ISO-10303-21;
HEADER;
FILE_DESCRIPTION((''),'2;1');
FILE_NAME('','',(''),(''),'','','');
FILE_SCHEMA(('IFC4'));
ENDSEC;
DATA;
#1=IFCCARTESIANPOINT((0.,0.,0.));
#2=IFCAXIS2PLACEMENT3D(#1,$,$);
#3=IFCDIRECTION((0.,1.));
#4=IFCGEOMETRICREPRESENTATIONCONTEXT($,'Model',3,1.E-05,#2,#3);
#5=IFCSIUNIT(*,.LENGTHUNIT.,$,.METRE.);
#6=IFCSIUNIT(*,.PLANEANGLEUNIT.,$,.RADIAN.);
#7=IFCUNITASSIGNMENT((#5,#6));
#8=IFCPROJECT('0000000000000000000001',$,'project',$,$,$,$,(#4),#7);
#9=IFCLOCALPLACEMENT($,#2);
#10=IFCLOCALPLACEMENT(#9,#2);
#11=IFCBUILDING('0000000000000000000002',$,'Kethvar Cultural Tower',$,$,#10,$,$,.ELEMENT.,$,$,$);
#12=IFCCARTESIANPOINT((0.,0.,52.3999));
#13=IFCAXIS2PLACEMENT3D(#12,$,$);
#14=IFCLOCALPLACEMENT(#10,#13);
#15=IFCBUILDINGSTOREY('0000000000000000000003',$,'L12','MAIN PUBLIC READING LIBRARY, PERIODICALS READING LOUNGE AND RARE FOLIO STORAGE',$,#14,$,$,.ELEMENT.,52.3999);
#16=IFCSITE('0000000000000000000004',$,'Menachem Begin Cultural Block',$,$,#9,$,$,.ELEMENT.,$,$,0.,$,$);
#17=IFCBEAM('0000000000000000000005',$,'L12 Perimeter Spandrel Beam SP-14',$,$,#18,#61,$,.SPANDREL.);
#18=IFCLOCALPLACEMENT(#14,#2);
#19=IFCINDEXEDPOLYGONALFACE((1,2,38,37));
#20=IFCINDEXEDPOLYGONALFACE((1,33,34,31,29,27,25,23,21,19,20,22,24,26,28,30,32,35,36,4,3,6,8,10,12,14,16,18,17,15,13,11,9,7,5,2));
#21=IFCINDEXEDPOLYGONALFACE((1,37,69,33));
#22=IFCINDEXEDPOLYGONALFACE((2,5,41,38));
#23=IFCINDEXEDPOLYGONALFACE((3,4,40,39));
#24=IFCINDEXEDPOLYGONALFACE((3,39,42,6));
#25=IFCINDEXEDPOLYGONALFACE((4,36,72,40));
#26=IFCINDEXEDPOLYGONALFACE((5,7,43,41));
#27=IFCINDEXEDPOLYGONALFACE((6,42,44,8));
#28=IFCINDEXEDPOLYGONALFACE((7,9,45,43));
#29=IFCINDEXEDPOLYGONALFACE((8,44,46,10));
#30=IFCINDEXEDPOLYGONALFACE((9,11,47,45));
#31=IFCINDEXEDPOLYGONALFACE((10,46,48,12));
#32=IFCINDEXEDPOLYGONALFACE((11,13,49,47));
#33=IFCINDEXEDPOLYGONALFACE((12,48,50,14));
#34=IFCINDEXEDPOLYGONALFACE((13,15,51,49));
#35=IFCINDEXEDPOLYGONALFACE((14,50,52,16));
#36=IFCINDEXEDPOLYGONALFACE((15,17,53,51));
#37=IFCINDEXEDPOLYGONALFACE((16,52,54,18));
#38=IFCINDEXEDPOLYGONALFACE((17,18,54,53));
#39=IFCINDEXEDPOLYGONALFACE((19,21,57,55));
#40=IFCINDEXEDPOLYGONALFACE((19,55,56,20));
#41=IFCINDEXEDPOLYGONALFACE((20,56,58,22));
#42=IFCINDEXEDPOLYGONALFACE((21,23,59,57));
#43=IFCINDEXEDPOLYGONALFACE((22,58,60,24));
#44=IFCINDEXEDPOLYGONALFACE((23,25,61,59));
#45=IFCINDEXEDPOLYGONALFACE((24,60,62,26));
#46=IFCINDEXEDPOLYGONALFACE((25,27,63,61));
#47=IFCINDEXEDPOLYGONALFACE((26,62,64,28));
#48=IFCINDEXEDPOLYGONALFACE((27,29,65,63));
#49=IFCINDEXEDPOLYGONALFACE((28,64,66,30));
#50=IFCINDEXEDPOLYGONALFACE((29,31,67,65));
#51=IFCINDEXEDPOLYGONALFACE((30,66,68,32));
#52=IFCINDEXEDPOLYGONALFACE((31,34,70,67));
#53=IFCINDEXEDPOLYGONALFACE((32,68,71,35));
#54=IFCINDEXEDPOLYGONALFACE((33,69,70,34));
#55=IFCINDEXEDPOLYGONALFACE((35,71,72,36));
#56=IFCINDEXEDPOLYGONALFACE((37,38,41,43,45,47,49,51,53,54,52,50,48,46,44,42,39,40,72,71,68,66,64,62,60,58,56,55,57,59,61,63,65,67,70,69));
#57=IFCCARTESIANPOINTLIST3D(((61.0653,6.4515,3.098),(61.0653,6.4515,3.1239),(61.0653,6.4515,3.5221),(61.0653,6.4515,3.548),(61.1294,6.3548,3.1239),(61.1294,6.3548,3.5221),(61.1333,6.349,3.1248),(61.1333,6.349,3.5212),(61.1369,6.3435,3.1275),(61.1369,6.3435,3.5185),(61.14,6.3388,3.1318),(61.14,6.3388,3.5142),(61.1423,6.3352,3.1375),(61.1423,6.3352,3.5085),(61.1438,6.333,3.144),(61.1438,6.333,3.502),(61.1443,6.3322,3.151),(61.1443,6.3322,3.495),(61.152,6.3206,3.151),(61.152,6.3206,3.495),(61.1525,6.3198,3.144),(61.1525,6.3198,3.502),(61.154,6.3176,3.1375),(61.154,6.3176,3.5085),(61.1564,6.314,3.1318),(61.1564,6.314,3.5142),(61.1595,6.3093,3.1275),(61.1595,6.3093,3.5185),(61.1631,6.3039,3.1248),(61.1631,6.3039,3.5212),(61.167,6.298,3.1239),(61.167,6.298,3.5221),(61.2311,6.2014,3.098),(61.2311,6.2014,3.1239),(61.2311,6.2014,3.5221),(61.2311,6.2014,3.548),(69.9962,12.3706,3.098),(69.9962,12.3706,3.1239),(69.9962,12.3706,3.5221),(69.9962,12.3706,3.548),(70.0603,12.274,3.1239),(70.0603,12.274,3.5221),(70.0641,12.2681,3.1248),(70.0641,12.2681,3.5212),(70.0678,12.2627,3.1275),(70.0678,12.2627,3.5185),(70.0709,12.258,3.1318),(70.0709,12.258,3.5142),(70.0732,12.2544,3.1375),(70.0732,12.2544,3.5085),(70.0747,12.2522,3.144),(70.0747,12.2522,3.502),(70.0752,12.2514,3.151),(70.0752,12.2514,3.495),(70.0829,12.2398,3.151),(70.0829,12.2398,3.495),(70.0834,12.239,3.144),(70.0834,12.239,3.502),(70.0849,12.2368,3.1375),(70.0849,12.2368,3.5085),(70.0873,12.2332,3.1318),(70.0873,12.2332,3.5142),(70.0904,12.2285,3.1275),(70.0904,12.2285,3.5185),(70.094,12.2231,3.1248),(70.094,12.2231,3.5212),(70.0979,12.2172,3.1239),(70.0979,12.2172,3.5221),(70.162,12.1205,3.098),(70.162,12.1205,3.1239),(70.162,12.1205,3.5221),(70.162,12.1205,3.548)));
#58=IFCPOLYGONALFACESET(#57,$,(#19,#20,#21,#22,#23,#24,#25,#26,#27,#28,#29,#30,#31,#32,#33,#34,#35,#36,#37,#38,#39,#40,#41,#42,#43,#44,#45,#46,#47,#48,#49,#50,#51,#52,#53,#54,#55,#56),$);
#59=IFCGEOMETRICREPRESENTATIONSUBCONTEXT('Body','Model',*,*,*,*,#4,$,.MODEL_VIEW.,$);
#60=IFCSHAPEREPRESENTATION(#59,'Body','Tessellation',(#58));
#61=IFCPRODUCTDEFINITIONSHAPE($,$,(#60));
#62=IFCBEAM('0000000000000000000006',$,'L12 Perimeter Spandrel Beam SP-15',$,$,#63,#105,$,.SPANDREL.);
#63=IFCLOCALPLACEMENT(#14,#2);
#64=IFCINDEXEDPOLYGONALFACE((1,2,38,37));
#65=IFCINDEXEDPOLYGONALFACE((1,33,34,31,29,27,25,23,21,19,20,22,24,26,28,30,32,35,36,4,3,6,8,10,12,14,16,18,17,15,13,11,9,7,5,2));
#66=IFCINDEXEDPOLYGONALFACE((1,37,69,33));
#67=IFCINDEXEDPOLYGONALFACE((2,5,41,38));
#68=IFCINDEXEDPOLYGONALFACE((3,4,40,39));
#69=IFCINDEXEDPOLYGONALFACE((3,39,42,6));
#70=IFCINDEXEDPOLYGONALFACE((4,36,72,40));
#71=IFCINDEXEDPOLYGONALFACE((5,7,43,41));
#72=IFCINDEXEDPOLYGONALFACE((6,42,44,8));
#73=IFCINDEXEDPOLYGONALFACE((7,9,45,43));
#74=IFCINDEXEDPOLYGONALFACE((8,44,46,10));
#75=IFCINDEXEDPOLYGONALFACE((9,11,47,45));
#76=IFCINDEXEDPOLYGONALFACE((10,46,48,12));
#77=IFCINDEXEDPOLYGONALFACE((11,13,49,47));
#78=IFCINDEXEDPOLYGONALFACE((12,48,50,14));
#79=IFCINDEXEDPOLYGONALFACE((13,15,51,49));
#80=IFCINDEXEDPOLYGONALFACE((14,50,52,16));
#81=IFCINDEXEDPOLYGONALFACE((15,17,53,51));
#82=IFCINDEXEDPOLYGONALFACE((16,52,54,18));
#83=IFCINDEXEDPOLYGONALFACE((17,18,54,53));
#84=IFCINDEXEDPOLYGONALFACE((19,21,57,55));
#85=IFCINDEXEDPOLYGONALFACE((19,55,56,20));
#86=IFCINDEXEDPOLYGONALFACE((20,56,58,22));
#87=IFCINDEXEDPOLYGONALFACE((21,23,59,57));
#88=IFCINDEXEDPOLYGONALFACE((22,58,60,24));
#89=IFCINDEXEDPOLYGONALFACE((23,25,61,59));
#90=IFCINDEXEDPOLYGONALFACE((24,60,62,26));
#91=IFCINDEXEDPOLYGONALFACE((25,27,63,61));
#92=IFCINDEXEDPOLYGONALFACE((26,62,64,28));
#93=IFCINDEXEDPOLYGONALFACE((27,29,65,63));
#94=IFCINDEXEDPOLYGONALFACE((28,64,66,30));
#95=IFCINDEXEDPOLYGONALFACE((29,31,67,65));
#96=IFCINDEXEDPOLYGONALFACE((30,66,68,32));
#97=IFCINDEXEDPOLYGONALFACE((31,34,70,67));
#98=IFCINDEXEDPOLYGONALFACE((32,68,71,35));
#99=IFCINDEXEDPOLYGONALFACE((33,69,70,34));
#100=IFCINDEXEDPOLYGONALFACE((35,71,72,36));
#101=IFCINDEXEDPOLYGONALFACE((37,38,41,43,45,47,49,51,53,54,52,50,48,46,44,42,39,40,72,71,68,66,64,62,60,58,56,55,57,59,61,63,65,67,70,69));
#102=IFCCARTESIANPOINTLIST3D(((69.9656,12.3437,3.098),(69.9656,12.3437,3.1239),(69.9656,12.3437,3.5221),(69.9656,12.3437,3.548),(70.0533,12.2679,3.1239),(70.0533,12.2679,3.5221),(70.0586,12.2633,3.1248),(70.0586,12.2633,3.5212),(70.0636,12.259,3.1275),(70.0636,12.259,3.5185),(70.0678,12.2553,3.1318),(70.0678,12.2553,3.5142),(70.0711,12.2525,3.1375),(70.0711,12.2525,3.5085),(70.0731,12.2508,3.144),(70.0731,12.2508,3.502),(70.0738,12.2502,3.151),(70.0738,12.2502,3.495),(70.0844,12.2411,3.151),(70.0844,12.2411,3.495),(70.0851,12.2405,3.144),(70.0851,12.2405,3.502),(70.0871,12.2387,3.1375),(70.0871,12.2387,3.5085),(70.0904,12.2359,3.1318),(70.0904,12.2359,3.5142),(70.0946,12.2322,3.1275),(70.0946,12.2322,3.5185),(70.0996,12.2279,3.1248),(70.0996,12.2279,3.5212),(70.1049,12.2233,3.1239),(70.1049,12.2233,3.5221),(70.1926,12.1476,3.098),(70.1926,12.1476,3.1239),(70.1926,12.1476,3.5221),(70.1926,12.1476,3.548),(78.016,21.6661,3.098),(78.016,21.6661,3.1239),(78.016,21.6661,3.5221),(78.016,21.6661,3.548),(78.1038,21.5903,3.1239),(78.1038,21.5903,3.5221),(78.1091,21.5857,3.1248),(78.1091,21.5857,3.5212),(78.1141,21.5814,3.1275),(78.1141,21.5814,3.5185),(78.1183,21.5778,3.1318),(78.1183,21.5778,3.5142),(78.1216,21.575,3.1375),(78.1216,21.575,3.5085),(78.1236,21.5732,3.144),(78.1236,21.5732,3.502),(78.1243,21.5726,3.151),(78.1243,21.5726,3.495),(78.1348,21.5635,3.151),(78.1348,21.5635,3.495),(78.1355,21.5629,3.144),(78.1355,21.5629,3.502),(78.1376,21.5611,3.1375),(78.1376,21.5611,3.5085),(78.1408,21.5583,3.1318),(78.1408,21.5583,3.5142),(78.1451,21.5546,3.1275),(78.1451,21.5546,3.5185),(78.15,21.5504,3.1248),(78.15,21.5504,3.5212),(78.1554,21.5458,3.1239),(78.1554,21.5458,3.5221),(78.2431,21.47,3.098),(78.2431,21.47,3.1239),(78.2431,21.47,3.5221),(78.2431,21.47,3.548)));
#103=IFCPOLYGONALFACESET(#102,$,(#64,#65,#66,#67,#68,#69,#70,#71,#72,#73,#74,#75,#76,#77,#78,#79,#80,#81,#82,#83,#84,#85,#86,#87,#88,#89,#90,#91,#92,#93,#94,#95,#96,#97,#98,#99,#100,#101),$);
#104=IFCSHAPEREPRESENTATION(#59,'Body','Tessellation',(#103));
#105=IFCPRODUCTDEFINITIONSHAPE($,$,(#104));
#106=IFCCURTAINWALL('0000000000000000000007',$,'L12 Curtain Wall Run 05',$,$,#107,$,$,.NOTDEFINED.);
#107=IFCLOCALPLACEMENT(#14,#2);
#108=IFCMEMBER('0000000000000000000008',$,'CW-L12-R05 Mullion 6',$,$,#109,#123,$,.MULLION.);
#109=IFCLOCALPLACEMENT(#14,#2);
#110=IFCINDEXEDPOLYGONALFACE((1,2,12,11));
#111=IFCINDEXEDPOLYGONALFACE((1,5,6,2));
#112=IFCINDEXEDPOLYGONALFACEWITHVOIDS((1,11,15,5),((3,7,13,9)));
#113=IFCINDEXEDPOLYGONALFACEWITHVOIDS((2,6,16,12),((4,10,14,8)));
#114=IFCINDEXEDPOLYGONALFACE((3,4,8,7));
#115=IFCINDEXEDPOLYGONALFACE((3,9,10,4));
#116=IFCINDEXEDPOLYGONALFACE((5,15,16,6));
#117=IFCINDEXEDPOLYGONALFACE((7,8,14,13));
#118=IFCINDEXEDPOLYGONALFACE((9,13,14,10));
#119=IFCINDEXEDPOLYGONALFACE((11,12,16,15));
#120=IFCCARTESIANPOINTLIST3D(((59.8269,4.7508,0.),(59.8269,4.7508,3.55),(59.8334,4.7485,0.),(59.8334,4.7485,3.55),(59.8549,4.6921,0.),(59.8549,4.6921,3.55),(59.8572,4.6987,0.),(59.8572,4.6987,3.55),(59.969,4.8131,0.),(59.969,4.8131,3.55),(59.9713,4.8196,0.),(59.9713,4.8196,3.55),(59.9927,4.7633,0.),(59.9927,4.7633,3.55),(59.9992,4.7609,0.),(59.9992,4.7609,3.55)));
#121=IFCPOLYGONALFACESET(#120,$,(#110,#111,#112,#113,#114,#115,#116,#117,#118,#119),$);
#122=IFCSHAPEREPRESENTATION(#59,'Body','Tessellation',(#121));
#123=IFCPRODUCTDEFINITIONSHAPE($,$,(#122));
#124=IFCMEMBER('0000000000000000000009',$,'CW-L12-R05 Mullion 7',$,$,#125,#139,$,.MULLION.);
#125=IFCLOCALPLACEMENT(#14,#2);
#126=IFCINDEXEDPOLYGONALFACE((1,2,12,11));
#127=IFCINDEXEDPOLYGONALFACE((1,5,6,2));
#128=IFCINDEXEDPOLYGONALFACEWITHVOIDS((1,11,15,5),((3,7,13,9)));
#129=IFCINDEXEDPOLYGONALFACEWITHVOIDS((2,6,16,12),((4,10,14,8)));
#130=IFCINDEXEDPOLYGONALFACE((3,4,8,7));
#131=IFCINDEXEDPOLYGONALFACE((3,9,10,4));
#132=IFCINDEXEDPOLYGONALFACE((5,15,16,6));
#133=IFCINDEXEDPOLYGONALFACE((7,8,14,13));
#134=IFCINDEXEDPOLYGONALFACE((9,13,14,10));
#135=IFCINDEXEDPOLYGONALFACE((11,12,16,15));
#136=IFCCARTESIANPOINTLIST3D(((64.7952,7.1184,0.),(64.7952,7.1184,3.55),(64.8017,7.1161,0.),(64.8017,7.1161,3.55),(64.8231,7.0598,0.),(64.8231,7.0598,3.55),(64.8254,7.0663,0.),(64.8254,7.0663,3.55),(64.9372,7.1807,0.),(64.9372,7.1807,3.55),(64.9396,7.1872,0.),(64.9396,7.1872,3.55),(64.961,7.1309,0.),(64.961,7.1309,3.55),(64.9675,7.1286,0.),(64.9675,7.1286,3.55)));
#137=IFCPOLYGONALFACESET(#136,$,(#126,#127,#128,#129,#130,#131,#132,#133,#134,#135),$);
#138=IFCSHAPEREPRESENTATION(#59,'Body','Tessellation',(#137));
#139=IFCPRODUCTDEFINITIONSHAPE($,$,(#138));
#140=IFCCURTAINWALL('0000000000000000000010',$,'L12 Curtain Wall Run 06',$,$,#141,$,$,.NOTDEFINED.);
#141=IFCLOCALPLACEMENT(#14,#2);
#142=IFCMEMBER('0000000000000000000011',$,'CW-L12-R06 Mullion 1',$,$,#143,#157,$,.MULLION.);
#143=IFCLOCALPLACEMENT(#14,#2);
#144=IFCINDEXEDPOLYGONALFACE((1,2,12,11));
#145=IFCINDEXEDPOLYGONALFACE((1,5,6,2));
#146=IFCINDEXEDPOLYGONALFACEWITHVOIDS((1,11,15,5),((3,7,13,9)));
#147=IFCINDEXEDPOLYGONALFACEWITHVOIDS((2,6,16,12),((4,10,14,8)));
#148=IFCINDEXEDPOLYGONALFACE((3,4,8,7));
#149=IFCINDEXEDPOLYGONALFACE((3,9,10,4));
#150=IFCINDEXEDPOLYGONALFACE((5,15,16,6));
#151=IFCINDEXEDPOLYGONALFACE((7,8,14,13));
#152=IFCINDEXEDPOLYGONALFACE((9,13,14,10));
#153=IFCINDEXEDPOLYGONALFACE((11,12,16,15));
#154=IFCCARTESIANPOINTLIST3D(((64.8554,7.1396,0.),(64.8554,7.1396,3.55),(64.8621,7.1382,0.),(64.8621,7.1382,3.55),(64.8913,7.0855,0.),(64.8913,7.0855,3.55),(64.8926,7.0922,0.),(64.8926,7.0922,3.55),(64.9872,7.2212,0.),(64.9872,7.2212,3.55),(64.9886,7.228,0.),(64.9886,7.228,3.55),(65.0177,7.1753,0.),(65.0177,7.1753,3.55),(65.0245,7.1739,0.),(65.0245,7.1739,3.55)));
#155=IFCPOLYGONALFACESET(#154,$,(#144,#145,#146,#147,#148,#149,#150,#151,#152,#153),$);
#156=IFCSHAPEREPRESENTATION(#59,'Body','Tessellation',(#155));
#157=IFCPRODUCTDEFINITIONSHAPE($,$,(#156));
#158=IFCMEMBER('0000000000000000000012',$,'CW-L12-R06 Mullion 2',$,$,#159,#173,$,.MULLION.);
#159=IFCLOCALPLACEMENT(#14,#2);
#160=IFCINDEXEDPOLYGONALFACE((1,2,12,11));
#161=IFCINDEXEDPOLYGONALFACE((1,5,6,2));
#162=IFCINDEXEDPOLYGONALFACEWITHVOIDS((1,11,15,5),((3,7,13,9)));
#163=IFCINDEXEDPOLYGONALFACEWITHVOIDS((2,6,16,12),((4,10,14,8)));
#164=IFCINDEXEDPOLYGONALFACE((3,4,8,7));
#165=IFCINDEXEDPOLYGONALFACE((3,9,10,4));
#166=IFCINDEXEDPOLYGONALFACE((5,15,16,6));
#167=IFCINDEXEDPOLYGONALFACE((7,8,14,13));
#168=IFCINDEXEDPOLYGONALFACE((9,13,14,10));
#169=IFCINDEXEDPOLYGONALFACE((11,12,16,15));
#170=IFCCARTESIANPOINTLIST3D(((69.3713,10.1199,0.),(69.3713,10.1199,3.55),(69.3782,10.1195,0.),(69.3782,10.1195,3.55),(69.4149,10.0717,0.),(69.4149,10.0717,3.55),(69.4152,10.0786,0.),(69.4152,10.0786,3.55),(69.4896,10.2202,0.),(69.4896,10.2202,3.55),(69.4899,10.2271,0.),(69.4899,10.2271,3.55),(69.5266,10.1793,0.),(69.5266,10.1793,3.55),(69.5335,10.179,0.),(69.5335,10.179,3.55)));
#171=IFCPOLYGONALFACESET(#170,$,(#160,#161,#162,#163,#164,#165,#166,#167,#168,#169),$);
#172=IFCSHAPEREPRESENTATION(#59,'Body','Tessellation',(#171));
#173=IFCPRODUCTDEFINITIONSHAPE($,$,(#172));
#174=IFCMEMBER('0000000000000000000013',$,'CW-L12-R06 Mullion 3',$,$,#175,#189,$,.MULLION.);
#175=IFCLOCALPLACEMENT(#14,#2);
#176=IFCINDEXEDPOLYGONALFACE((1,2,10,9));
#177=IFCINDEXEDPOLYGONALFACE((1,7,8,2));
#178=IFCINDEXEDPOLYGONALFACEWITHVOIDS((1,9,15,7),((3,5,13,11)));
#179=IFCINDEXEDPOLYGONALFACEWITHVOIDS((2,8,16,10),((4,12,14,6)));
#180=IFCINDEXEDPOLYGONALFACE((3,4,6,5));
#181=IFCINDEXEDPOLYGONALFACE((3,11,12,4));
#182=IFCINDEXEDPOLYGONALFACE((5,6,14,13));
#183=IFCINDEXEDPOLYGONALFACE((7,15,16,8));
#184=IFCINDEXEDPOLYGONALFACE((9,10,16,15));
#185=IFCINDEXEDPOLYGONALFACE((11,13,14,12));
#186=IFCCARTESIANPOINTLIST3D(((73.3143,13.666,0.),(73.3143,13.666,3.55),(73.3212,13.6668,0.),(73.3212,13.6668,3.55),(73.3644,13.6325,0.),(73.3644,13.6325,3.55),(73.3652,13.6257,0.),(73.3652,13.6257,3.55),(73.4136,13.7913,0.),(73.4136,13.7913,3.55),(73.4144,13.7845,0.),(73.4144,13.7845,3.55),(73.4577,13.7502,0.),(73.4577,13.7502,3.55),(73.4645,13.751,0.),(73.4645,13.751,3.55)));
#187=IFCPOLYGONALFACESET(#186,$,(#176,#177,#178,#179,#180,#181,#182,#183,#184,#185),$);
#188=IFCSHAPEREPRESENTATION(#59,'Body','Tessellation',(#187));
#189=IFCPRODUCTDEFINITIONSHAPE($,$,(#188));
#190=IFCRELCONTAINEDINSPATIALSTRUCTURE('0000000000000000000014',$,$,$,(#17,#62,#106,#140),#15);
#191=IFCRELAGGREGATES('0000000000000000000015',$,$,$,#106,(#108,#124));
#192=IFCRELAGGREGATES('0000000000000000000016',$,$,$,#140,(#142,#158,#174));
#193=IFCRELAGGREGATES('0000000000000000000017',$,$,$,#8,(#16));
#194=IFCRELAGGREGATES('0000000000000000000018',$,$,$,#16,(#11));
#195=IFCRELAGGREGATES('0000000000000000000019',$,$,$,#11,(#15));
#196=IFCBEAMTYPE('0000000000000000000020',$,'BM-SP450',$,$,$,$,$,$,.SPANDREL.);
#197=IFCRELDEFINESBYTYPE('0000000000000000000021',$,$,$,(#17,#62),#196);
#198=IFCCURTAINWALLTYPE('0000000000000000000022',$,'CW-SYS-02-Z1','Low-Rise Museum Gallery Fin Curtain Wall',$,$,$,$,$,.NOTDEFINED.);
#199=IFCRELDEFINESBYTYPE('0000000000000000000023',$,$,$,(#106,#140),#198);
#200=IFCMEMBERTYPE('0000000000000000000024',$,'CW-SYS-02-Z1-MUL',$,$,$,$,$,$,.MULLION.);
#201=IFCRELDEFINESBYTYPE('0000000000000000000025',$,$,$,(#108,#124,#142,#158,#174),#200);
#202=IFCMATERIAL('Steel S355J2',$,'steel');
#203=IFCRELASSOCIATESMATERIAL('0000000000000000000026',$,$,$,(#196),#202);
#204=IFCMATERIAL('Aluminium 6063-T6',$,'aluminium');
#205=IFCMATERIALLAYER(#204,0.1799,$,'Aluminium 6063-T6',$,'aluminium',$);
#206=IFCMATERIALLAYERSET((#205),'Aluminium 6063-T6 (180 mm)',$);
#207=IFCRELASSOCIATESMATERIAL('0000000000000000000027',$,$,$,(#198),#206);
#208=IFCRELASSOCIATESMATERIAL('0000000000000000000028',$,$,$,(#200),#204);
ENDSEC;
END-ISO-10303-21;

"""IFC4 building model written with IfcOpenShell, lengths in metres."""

from ifc_helpers import new_model, si_unit, direction, frame, origin, origin_2d, place, context, subcontext, project, spatial, hollow_rectangle, i_section, extrude, source, transform, mapped, material, layer, layer_set, material_profile, profile_set, type_object, element, aggregate, save


model = new_model("IFC4")

# Units and contexts
model_context = context("Model", 3, precision=1e-05, world=origin(), true_north=direction((0.0, 1.0)))
body_context = subcontext(model_context, "Body", "Model", "MODEL_VIEW")
ifc_project = project(units=[si_unit("LENGTHUNIT", "METRE"), si_unit("PLANEANGLEUNIT", "RADIAN")], contexts=[model_context])

# Site, building, storey
site_placement = place(None, origin())
site = spatial("IfcSite", under=ifc_project, at=site_placement, Name="Menachem Begin Cultural Block", CompositionType="ELEMENT", RefElevation=0.0)
building_placement = place(site_placement, origin())
building = spatial("IfcBuilding", under=site, at=building_placement, Name="Kethvar Cultural Tower", CompositionType="ELEMENT")
storey_placement = place(building_placement, frame((0.0, 0.0, 52.3999)))
storey = spatial("IfcBuildingStorey", under=building, at=storey_placement, Name="L12", Description="MAIN PUBLIC READING LIBRARY, PERIODICALS READING LOUNGE AND RARE FOLIO STORAGE", CompositionType="ELEMENT", Elevation=52.3999)

# Beams
ifc_material_1 = material(Name="Steel S355J2", Category="steel")
ifc_material_profile_1 = material_profile(ifc_material_1, i_section(OverallWidth=0.3, OverallDepth=0.45, WebThickness=0.0139, FlangeThickness=0.0259, FilletRadius=0.0271, at=origin_2d()), Name="Steel S355J2 — HEB450")
ifc_profile_set_1 = profile_set([ifc_material_profile_1], Name="Steel S355J2 — HEB450")
beam_type_1 = type_object("IfcBeamType", Name="BM-SP450", PredefinedType="SPANDREL", material=ifc_profile_set_1)
shared_shape_1 = source(origin(), body_context, "Body", "SweptSolid", [
    extrude(i_section(OverallWidth=0.3, OverallDepth=0.45, WebThickness=0.0139, FlangeThickness=0.0259, FilletRadius=0.0271, at=origin_2d()), origin(), (0.0, 0.0, 1.0), 10.7144),
])
beam_1_placement = place(storey_placement, frame((61.1482, 6.3264, 3.323), z_axis=(0.833544, 0.552453, 0.0), x_axis=(-0.552453, 0.833544, 0.0)))
element("IfcBeam", 1, at=beam_1_placement, inside=storey, type_object=beam_type_1, Name="L12 Perimeter Spandrel Beam SP-14", PredefinedType="SPANDREL", context=body_context, shape_type="MappedRepresentation", body=[
    mapped(shared_shape_1, transform((0.0, 0.0, 0.0), scale=1.0)),
])
shared_shape_2 = source(origin(), body_context, "Body", "SweptSolid", [
    extrude(i_section(OverallWidth=0.3, OverallDepth=0.45, WebThickness=0.0139, FlangeThickness=0.0259, FilletRadius=0.0271, at=origin_2d()), origin(), (0.0, 0.0, 1.0), 12.3174),
])
beam_2_placement = place(storey_placement, frame((70.0791, 12.2456, 3.323), z_axis=(0.653586, 0.756852, 0.0), x_axis=(-0.756852, 0.653586, 0.0)))
element("IfcBeam", 2, at=beam_2_placement, inside=storey, type_object=beam_type_1, Name="L12 Perimeter Spandrel Beam SP-15", PredefinedType="SPANDREL", context=body_context, shape_type="MappedRepresentation", body=[
    mapped(shared_shape_2, transform((0.0, 0.0, 0.0), scale=1.0)),
])

# Curtain walls, members
ifc_material_2 = material(Name="Aluminium 6063-T6", Category="aluminium")
ifc_layer_1 = layer(ifc_material_2, 0.1799, Name="Aluminium 6063-T6", Category="aluminium")
ifc_layer_set_1 = layer_set([ifc_layer_1], Name="Aluminium 6063-T6 (180 mm)")
curtain_wall_type = type_object("IfcCurtainWallType", Name="CW-SYS-02-Z1", Description="Low-Rise Museum Gallery Fin Curtain Wall", PredefinedType="NOTDEFINED", material=ifc_layer_set_1)
curtain_wall_1_placement = place(storey_placement, origin())
curtain_wall_1 = element("IfcCurtainWall", 3, at=curtain_wall_1_placement, inside=storey, type_object=curtain_wall_type, Name="L12 Curtain Wall Run 05", PredefinedType="NOTDEFINED")
ifc_material_profile_2 = material_profile(ifc_material_2, hollow_rectangle(XDim=0.0649, YDim=0.1599, WallThickness=0.0049, at=origin_2d()), Name="Aluminium 6063-T6 — RHS160x65x5")
ifc_profile_set_2 = profile_set([ifc_material_profile_2], Name="Aluminium 6063-T6 — RHS160x65x5")
member_type_1 = type_object("IfcMemberType", Name="CW-SYS-02-Z1-MUL", PredefinedType="MULLION", material=ifc_profile_set_2)
shared_shape_3 = source(origin(), body_context, "Body", "SweptSolid", [
    extrude(hollow_rectangle(XDim=0.0649, YDim=0.1599, WallThickness=0.0049, at=origin_2d()), origin(), (0.0, 0.0, 1.0), 3.55),
])
member_1_placement = place(storey_placement, frame((59.9131, 4.7559, 0.0), z_axis=(0.0, 0.0, 1.0), x_axis=(-0.430212, 0.902728, 0.0)))
member_1 = element("IfcMember", 4, at=member_1_placement, type_object=member_type_1, Name="CW-L12-R05 Mullion 6", PredefinedType="MULLION", context=body_context, shape_type="MappedRepresentation", body=[
    mapped(shared_shape_3, transform((0.0, 0.0, 0.0), scale=1.0)),
])
member_2_placement = place(storey_placement, frame((64.8813, 7.1235, 0.0), z_axis=(0.0, 0.0, 1.0), x_axis=(-0.430212, 0.902728, 0.0)))
member_2 = element("IfcMember", 5, at=member_2_placement, type_object=member_type_1, Name="CW-L12-R05 Mullion 7", PredefinedType="MULLION", context=body_context, shape_type="MappedRepresentation", body=[
    mapped(shared_shape_3, transform((0.0, 0.0, 0.0), scale=1.0)),
])
curtain_wall_2_placement = place(storey_placement, origin())
curtain_wall_2 = element("IfcCurtainWall", 6, at=curtain_wall_2_placement, inside=storey, type_object=curtain_wall_type, Name="L12 Curtain Wall Run 06", PredefinedType="NOTDEFINED")
member_3_placement = place(storey_placement, frame((64.9399, 7.1567, 0.0), z_axis=(0.0, 0.0, 1.0), x_axis=(-0.552897, 0.833249, 0.0)))
member_3 = element("IfcMember", 7, at=member_3_placement, type_object=member_type_1, Name="CW-L12-R06 Mullion 1", PredefinedType="MULLION", context=body_context, shape_type="MappedRepresentation", body=[
    mapped(shared_shape_3, transform((0.0, 0.0, 0.0), scale=1.0)),
])
member_4_placement = place(storey_placement, frame((69.4524, 10.1494, 0.0), z_axis=(0.0, 0.0, 1.0), x_axis=(-0.670841, 0.741601, 0.0)))
member_4 = element("IfcMember", 8, at=member_4_placement, type_object=member_type_1, Name="CW-L12-R06 Mullion 2", PredefinedType="MULLION", context=body_context, shape_type="MappedRepresentation", body=[
    mapped(shared_shape_3, transform((0.0, 0.0, 0.0), scale=1.0)),
])
member_5_placement = place(storey_placement, frame((73.3894, 13.7085, 0.0), z_axis=(0.0, 0.0, 1.0), x_axis=(-0.783672, 0.621175, 0.0)))
member_5 = element("IfcMember", 9, at=member_5_placement, type_object=member_type_1, Name="CW-L12-R06 Mullion 3", PredefinedType="MULLION", context=body_context, shape_type="MappedRepresentation", body=[
    mapped(shared_shape_3, transform((0.0, 0.0, 0.0), scale=1.0)),
])

aggregate(curtain_wall_1, [member_1, member_2])
aggregate(curtain_wall_2, [member_3, member_4, member_5])

save(model, "model.ifc")
